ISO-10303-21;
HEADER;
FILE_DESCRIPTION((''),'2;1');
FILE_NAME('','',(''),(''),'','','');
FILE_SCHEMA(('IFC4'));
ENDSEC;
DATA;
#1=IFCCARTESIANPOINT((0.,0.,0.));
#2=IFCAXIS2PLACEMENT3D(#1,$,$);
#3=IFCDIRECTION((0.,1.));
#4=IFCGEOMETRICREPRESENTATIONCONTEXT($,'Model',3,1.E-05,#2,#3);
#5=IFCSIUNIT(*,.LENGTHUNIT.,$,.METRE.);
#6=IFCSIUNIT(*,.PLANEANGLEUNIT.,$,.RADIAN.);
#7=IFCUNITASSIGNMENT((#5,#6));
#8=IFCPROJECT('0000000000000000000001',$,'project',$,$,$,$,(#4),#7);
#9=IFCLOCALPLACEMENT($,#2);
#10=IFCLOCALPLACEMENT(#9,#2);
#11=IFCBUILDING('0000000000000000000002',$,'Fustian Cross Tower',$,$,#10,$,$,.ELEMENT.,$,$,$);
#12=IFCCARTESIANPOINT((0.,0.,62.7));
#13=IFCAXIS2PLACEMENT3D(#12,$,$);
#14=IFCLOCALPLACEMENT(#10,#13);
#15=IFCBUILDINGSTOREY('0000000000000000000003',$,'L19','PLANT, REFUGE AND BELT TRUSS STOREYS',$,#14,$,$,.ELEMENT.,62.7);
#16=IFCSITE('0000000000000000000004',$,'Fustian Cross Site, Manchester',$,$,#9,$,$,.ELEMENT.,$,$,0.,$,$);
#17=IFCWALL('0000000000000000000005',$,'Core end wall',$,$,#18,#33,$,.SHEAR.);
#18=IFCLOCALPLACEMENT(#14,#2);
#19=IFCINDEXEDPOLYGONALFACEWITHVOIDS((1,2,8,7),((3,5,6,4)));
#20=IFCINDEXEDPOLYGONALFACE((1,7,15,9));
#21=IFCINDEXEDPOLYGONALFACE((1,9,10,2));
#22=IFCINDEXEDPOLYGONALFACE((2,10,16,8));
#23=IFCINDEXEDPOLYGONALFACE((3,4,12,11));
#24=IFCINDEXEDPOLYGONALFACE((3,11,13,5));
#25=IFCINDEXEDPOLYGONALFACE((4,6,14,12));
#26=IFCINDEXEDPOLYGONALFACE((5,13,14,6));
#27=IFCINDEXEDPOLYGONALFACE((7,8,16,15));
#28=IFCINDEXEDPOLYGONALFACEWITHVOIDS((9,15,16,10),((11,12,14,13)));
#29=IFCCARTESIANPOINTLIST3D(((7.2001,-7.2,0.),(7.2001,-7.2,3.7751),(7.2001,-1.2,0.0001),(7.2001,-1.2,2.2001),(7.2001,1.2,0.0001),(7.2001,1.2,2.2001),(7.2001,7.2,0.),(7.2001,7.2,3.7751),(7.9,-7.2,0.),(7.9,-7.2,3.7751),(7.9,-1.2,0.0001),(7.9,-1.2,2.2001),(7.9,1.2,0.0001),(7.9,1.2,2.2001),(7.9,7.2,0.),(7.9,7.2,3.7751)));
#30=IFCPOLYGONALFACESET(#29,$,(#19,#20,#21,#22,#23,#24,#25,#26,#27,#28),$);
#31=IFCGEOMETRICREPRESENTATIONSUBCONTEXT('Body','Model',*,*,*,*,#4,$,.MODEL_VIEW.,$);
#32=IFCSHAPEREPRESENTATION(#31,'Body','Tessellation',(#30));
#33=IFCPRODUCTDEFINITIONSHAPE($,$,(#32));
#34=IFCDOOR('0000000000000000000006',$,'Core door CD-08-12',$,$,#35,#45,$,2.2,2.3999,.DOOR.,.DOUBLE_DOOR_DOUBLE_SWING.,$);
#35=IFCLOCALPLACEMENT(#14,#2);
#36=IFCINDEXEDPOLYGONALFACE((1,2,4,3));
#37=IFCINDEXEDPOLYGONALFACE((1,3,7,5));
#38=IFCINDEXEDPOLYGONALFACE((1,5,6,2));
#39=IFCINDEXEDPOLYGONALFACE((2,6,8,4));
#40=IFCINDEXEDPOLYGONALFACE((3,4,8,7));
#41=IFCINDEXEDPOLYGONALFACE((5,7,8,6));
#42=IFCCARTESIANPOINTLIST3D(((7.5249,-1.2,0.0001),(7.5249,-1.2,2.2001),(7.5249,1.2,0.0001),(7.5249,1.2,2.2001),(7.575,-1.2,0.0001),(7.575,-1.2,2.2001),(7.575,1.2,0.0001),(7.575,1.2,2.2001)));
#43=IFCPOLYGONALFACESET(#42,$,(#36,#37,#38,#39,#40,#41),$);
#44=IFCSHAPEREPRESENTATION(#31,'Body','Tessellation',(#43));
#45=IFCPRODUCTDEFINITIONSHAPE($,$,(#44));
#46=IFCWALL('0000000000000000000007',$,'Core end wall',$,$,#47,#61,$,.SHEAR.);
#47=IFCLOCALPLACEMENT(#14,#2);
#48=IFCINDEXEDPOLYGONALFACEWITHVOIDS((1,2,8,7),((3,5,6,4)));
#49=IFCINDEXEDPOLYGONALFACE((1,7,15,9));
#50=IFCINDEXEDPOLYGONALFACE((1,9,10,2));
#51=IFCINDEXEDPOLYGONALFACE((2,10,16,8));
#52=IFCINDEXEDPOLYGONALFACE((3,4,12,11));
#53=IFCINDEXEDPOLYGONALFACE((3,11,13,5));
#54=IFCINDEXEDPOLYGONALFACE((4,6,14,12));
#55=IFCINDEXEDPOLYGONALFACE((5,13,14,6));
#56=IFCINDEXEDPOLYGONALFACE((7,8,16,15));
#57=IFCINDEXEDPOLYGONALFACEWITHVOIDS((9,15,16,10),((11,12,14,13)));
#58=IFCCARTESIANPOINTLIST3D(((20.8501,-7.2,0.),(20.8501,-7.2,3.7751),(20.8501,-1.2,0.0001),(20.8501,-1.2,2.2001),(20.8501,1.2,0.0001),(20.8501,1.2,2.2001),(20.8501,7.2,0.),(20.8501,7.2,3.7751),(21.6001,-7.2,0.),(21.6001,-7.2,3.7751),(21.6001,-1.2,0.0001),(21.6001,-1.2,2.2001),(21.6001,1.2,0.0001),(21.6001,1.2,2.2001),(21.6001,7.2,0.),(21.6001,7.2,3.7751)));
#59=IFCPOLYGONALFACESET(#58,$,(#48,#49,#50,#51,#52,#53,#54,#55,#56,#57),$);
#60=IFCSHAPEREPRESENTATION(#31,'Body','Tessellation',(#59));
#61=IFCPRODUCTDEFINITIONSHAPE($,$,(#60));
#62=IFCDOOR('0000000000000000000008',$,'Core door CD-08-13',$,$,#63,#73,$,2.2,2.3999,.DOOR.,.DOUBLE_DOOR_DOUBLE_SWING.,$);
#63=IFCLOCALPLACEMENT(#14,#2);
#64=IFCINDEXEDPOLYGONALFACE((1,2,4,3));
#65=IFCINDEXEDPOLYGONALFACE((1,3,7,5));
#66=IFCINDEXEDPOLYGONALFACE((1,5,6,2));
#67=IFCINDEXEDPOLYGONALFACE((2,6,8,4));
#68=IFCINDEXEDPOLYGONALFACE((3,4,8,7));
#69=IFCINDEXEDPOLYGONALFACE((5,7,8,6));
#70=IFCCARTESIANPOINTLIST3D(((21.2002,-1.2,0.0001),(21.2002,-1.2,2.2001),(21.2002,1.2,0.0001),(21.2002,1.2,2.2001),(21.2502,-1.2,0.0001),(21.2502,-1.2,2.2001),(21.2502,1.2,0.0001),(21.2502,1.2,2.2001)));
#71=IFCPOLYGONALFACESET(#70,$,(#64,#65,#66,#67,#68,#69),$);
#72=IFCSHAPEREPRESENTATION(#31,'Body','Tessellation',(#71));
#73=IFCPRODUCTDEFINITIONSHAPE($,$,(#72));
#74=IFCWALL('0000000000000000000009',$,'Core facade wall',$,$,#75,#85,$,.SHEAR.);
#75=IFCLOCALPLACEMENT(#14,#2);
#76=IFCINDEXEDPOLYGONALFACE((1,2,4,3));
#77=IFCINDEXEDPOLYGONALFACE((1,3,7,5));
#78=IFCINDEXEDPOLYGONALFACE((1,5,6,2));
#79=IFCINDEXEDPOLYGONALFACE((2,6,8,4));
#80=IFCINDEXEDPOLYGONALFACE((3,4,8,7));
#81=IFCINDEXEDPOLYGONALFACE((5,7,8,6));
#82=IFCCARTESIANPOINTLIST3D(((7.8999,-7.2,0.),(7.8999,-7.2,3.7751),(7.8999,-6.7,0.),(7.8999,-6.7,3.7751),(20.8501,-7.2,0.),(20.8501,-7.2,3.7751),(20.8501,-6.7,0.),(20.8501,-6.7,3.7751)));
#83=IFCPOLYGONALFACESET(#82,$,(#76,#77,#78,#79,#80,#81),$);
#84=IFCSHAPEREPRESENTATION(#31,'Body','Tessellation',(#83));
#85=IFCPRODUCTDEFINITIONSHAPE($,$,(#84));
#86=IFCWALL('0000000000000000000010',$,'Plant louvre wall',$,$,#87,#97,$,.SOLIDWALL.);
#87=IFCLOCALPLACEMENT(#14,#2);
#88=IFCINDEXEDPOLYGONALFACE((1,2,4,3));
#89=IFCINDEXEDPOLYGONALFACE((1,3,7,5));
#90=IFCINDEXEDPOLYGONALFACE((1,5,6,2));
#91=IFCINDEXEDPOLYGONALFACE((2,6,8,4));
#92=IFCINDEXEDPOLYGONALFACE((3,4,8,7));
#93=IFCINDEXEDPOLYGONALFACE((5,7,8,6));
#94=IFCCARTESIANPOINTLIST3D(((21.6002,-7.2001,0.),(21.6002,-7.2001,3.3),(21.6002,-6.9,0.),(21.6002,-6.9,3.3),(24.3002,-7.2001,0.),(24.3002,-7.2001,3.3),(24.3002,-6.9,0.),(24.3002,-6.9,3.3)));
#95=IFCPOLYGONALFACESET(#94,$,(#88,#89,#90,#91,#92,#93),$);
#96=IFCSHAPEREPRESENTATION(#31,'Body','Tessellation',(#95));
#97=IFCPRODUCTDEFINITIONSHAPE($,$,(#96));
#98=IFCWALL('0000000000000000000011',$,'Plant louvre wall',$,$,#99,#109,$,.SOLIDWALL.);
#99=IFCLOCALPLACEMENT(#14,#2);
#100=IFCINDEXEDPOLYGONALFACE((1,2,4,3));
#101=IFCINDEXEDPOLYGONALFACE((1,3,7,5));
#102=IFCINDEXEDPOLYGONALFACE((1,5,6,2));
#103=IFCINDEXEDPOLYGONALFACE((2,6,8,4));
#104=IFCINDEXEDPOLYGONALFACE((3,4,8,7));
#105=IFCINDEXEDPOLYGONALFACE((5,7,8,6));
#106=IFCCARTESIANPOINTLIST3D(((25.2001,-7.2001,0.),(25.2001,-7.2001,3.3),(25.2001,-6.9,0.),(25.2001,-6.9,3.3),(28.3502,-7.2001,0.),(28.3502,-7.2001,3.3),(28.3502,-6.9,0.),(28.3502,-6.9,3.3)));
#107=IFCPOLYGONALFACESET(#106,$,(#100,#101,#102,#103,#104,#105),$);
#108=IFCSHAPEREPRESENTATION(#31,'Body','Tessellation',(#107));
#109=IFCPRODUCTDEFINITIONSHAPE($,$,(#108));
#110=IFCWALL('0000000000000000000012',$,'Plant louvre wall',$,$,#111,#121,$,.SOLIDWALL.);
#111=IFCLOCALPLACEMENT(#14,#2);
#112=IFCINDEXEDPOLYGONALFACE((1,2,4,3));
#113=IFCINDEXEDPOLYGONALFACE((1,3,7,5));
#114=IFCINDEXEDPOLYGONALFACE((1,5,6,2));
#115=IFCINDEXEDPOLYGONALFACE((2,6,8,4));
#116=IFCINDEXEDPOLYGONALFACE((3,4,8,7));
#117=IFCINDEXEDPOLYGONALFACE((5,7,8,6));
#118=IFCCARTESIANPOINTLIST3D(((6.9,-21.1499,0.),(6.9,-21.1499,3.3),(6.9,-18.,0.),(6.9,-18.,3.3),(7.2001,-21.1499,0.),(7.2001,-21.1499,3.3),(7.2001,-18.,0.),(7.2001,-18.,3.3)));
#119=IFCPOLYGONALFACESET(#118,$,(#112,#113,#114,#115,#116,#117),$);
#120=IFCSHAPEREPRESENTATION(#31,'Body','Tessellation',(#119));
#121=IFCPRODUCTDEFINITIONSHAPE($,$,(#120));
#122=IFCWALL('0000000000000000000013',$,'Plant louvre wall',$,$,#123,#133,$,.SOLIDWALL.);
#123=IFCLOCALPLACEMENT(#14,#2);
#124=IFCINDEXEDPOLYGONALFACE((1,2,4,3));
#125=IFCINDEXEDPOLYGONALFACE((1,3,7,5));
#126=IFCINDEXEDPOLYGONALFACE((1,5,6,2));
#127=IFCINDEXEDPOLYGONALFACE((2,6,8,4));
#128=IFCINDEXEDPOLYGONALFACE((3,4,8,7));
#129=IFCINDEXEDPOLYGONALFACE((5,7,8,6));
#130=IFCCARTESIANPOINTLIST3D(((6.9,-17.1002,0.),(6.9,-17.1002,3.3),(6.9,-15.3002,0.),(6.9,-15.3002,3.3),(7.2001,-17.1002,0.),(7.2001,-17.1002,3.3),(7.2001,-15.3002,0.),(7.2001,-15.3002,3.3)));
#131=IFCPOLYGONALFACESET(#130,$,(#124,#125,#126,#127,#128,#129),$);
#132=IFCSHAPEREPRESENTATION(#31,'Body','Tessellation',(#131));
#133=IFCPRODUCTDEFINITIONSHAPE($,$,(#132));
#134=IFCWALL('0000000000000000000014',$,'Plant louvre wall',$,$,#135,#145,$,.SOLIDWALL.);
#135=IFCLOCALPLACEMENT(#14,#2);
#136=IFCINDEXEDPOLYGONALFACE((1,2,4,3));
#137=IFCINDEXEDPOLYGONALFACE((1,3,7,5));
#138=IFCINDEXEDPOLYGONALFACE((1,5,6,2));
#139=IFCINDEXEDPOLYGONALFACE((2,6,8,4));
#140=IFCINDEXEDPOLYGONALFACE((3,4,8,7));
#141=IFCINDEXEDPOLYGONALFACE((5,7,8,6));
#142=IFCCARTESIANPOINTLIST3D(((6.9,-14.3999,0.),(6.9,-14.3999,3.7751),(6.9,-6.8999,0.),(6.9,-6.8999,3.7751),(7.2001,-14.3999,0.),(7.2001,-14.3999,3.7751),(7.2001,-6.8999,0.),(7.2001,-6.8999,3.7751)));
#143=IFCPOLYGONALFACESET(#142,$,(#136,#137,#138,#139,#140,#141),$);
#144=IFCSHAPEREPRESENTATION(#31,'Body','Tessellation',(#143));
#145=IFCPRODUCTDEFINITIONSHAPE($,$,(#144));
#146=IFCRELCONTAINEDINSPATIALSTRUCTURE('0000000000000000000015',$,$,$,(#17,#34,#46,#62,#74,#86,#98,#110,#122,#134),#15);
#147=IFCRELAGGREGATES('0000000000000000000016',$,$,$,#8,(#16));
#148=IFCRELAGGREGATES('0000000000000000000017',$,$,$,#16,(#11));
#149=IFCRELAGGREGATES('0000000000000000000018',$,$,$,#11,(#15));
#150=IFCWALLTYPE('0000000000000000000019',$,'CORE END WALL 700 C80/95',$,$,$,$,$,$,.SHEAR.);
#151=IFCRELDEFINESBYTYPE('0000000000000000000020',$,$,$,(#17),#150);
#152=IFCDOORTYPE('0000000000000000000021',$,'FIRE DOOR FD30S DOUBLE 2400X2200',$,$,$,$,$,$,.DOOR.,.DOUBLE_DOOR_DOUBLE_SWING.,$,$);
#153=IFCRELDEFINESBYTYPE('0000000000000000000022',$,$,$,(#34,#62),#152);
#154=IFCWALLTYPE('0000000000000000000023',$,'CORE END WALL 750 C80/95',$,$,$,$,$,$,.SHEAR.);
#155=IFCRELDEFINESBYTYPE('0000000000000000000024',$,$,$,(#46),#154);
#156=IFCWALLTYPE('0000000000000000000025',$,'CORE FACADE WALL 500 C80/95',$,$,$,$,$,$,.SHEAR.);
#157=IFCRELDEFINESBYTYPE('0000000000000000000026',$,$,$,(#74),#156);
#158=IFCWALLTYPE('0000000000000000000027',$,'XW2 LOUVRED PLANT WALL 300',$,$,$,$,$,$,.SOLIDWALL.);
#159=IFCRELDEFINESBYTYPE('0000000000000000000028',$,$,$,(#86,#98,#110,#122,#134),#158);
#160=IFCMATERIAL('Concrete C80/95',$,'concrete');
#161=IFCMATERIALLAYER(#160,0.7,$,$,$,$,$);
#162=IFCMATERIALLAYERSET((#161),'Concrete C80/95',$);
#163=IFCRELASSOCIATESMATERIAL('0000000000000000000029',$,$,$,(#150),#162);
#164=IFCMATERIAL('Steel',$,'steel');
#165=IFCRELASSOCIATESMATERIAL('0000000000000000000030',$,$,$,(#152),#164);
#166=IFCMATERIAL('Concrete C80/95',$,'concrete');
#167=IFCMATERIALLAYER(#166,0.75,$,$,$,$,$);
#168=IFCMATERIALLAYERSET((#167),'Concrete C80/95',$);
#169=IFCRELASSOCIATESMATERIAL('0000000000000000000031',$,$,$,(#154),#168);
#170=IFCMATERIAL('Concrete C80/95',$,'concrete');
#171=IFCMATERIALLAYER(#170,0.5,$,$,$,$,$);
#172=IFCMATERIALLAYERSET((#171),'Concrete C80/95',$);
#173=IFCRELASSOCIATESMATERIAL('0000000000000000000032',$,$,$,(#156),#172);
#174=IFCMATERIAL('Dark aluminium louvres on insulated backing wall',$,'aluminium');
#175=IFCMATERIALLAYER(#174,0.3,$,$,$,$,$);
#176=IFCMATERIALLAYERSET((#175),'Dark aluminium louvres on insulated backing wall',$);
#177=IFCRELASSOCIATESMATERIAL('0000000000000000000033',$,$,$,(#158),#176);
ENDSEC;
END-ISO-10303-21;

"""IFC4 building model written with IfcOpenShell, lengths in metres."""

from ifc_helpers import new_model, si_unit, direction, frame, frame_2d, origin, place, context, subcontext, project, spatial, rectangle, extrude, material, layer, layer_set, type_object, element, fill, save


model = new_model("IFC4")

# Units and contexts
model_context = context("Model", 3, precision=1e-05, world=origin(), true_north=direction((0.0, 1.0)))
body_context = subcontext(model_context, "Body", "Model", "MODEL_VIEW")
ifc_project = project(units=[si_unit("LENGTHUNIT", "METRE"), si_unit("PLANEANGLEUNIT", "RADIAN")], contexts=[model_context])

# Site, building, storey
site_placement = place(None, origin())
site = spatial("IfcSite", under=ifc_project, at=site_placement, Name="Fustian Cross Site, Manchester", CompositionType="ELEMENT", RefElevation=0.0)
building_placement = place(site_placement, origin())
building = spatial("IfcBuilding", under=site, at=building_placement, Name="Fustian Cross Tower", CompositionType="ELEMENT")
storey_placement = place(building_placement, frame((0.0, 0.0, 62.7)))
storey = spatial("IfcBuildingStorey", under=building, at=storey_placement, Name="L19", Description="PLANT, REFUGE AND BELT TRUSS STOREYS", CompositionType="ELEMENT", Elevation=62.7)

# Walls, openings, doors
ifc_material_1 = material(Name="Concrete C80/95", Category="concrete")
ifc_layer_1 = layer(ifc_material_1, 0.7)
ifc_layer_set_1 = layer_set([ifc_layer_1], Name="Concrete C80/95")
wall_type_1 = type_object("IfcWallType", Name="CORE END WALL 700 C80/95", PredefinedType="SHEAR", material=ifc_layer_set_1)
wall_1_placement = place(storey_placement, frame((7.55, -7.2, 0.0), z_axis=(0.0, 0.0, 1.0), x_axis=(0.0, 1.0, 0.0)))
wall_1 = element("IfcWall", 1, at=wall_1_placement, inside=storey, type_object=wall_type_1, Name="Core end wall", PredefinedType="SHEAR", context=body_context, shape_type="SweptSolid", body=[
    extrude(rectangle(XDim=14.3999, YDim=0.7, at=frame_2d((7.2, 0.0))), origin(), (0.0, 0.0, 1.0), 3.7751),
])
opening_1_placement = place(wall_1_placement, frame((6.0, 0.0, 0.0)))
opening_1 = element("IfcOpeningElement", 2, at=opening_1_placement, cuts=wall_1, PredefinedType="OPENING", context=body_context, shape_type="SweptSolid", body=[
    extrude(rectangle(XDim=2.3999, YDim=2.2, at=frame_2d((1.2, 1.1001))), frame((0.0, 0.3599, 0.0), z_axis=(0.0, -1.0, 0.0), x_axis=(1.0, 0.0, 0.0)), (0.0, 0.0, 1.0), 0.72),
])
ifc_material_2 = material(Name="Steel", Category="steel")
door_type = type_object("IfcDoorType", Name="FIRE DOOR FD30S DOUBLE 2400X2200", OperationType="DOUBLE_DOOR_DOUBLE_SWING", PredefinedType="DOOR", material=ifc_material_2)
door_1_placement = place(opening_1_placement, frame((2.3999, 0.0, 0.0), z_axis=(0.0, 0.0, 1.0), x_axis=(-1.0, 0.0, 0.0)))
door_1 = element("IfcDoor", 3, at=door_1_placement, inside=storey, type_object=door_type, Name="Core door CD-08-12", OperationType="DOUBLE_DOOR_DOUBLE_SWING", OverallHeight=2.2, OverallWidth=2.3999, PredefinedType="DOOR", context=body_context, shape_type="SweptSolid", body=[
    extrude(rectangle(XDim=2.3999, YDim=2.2, at=frame_2d((1.2, 1.1001))), frame((0.0, 0.0249, 0.0), z_axis=(0.0, -1.0, 0.0), x_axis=(1.0, 0.0, 0.0)), (0.0, 0.0, 1.0), 0.05),
])
fill(opening_1, door_1)
ifc_material_3 = material(Name="Concrete C80/95", Category="concrete")
ifc_layer_2 = layer(ifc_material_3, 0.75)
ifc_layer_set_2 = layer_set([ifc_layer_2], Name="Concrete C80/95")
wall_type_2 = type_object("IfcWallType", Name="CORE END WALL 750 C80/95", PredefinedType="SHEAR", material=ifc_layer_set_2)
wall_2_placement = place(storey_placement, frame((21.2251, -7.2, 0.0), z_axis=(0.0, 0.0, 1.0), x_axis=(0.0, 1.0, 0.0)))
wall_2 = element("IfcWall", 4, at=wall_2_placement, inside=storey, type_object=wall_type_2, Name="Core end wall", PredefinedType="SHEAR", context=body_context, shape_type="SweptSolid", body=[
    extrude(rectangle(XDim=14.3999, YDim=0.75, at=frame_2d((7.2, 0.0))), origin(), (0.0, 0.0, 1.0), 3.7751),
])
opening_2_placement = place(wall_2_placement, frame((6.0, 0.0, 0.0)))
opening_2 = element("IfcOpeningElement", 5, at=opening_2_placement, cuts=wall_2, PredefinedType="OPENING", context=body_context, shape_type="SweptSolid", body=[
    extrude(rectangle(XDim=2.3999, YDim=2.2, at=frame_2d((1.2, 1.1001))), frame((0.0, 0.385, 0.0), z_axis=(0.0, -1.0, 0.0), x_axis=(1.0, 0.0, 0.0)), (0.0, 0.0, 1.0), 0.77),
])
door_2_placement = place(opening_2_placement, origin())
door_2 = element("IfcDoor", 6, at=door_2_placement, inside=storey, type_object=door_type, Name="Core door CD-08-13", OperationType="DOUBLE_DOOR_DOUBLE_SWING", OverallHeight=2.2, OverallWidth=2.3999, PredefinedType="DOOR", context=body_context, shape_type="SweptSolid", body=[
    extrude(rectangle(XDim=2.3999, YDim=2.2, at=frame_2d((1.2, 1.1001))), frame((0.0, 0.0249, 0.0), z_axis=(0.0, -1.0, 0.0), x_axis=(1.0, 0.0, 0.0)), (0.0, 0.0, 1.0), 0.05),
])
fill(opening_2, door_2)

# Walls
ifc_material_4 = material(Name="Concrete C80/95", Category="concrete")
ifc_layer_3 = layer(ifc_material_4, 0.5)
ifc_layer_set_3 = layer_set([ifc_layer_3], Name="Concrete C80/95")
wall_type_3 = type_object("IfcWallType", Name="CORE FACADE WALL 500 C80/95", PredefinedType="SHEAR", material=ifc_layer_set_3)
wall_3_placement = place(storey_placement, frame((7.8999, -6.95, 0.0), z_axis=(0.0, 0.0, 1.0), x_axis=(1.0, 0.0, 0.0)))
element("IfcWall", 7, at=wall_3_placement, inside=storey, type_object=wall_type_3, Name="Core facade wall", PredefinedType="SHEAR", context=body_context, shape_type="SweptSolid", body=[
    extrude(rectangle(XDim=12.9502, YDim=0.5, at=frame_2d((6.4751, 0.0))), origin(), (0.0, 0.0, 1.0), 3.7751),
])
ifc_material_5 = material(Name="Dark aluminium louvres on insulated backing wall", Category="aluminium")
ifc_layer_4 = layer(ifc_material_5, 0.3)
ifc_layer_set_4 = layer_set([ifc_layer_4], Name="Dark aluminium louvres on insulated backing wall")
wall_type_4 = type_object("IfcWallType", Name="XW2 LOUVRED PLANT WALL 300", PredefinedType="SOLIDWALL", material=ifc_layer_set_4)
wall_4_placement = place(storey_placement, frame((21.6001, -7.05, 0.0), z_axis=(0.0, 0.0, 1.0), x_axis=(1.0, 0.0, 0.0)))
element("IfcWall", 8, at=wall_4_placement, inside=storey, type_object=wall_type_4, Name="Plant louvre wall", PredefinedType="SOLIDWALL", context=body_context, shape_type="SweptSolid", body=[
    extrude(rectangle(XDim=2.7, YDim=0.3, at=frame_2d((1.3501, 0.0))), origin(), (0.0, 0.0, 1.0), 3.3),
])
wall_5_placement = place(storey_placement, frame((25.2, -7.05, 0.0), z_axis=(0.0, 0.0, 1.0), x_axis=(1.0, 0.0, 0.0)))
element("IfcWall", 9, at=wall_5_placement, inside=storey, type_object=wall_type_4, Name="Plant louvre wall", PredefinedType="SOLIDWALL", context=body_context, shape_type="SweptSolid", body=[
    extrude(rectangle(XDim=3.1501, YDim=0.3, at=frame_2d((1.5752, 0.0))), origin(), (0.0, 0.0, 1.0), 3.3),
])
wall_6_placement = place(storey_placement, frame((7.05, -21.1499, 0.0), z_axis=(0.0, 0.0, 1.0), x_axis=(0.0, 1.0, 0.0)))
element("IfcWall", 10, at=wall_6_placement, inside=storey, type_object=wall_type_4, Name="Plant louvre wall", PredefinedType="SOLIDWALL", context=body_context, shape_type="SweptSolid", body=[
    extrude(rectangle(XDim=3.1499, YDim=0.3, at=frame_2d((1.575, 0.0))), origin(), (0.0, 0.0, 1.0), 3.3),
])
wall_7_placement = place(storey_placement, frame((7.05, -17.1001, 0.0), z_axis=(0.0, 0.0, 1.0), x_axis=(0.0, 1.0, 0.0)))
element("IfcWall", 11, at=wall_7_placement, inside=storey, type_object=wall_type_4, Name="Plant louvre wall", PredefinedType="SOLIDWALL", context=body_context, shape_type="SweptSolid", body=[
    extrude(rectangle(XDim=1.8, YDim=0.3, at=frame_2d((0.8999, 0.0))), origin(), (0.0, 0.0, 1.0), 3.3),
])
wall_8_placement = place(storey_placement, frame((7.05, -14.3999, 0.0), z_axis=(0.0, 0.0, 1.0), x_axis=(0.0, 1.0, 0.0)))
element("IfcWall", 12, at=wall_8_placement, inside=storey, type_object=wall_type_4, Name="Plant louvre wall", PredefinedType="SOLIDWALL", context=body_context, shape_type="SweptSolid", body=[
    extrude(rectangle(XDim=7.5, YDim=0.3, at=frame_2d((3.75, 0.0))), origin(), (0.0, 0.0, 1.0), 3.7751),
])

save(model, "model.ifc")
